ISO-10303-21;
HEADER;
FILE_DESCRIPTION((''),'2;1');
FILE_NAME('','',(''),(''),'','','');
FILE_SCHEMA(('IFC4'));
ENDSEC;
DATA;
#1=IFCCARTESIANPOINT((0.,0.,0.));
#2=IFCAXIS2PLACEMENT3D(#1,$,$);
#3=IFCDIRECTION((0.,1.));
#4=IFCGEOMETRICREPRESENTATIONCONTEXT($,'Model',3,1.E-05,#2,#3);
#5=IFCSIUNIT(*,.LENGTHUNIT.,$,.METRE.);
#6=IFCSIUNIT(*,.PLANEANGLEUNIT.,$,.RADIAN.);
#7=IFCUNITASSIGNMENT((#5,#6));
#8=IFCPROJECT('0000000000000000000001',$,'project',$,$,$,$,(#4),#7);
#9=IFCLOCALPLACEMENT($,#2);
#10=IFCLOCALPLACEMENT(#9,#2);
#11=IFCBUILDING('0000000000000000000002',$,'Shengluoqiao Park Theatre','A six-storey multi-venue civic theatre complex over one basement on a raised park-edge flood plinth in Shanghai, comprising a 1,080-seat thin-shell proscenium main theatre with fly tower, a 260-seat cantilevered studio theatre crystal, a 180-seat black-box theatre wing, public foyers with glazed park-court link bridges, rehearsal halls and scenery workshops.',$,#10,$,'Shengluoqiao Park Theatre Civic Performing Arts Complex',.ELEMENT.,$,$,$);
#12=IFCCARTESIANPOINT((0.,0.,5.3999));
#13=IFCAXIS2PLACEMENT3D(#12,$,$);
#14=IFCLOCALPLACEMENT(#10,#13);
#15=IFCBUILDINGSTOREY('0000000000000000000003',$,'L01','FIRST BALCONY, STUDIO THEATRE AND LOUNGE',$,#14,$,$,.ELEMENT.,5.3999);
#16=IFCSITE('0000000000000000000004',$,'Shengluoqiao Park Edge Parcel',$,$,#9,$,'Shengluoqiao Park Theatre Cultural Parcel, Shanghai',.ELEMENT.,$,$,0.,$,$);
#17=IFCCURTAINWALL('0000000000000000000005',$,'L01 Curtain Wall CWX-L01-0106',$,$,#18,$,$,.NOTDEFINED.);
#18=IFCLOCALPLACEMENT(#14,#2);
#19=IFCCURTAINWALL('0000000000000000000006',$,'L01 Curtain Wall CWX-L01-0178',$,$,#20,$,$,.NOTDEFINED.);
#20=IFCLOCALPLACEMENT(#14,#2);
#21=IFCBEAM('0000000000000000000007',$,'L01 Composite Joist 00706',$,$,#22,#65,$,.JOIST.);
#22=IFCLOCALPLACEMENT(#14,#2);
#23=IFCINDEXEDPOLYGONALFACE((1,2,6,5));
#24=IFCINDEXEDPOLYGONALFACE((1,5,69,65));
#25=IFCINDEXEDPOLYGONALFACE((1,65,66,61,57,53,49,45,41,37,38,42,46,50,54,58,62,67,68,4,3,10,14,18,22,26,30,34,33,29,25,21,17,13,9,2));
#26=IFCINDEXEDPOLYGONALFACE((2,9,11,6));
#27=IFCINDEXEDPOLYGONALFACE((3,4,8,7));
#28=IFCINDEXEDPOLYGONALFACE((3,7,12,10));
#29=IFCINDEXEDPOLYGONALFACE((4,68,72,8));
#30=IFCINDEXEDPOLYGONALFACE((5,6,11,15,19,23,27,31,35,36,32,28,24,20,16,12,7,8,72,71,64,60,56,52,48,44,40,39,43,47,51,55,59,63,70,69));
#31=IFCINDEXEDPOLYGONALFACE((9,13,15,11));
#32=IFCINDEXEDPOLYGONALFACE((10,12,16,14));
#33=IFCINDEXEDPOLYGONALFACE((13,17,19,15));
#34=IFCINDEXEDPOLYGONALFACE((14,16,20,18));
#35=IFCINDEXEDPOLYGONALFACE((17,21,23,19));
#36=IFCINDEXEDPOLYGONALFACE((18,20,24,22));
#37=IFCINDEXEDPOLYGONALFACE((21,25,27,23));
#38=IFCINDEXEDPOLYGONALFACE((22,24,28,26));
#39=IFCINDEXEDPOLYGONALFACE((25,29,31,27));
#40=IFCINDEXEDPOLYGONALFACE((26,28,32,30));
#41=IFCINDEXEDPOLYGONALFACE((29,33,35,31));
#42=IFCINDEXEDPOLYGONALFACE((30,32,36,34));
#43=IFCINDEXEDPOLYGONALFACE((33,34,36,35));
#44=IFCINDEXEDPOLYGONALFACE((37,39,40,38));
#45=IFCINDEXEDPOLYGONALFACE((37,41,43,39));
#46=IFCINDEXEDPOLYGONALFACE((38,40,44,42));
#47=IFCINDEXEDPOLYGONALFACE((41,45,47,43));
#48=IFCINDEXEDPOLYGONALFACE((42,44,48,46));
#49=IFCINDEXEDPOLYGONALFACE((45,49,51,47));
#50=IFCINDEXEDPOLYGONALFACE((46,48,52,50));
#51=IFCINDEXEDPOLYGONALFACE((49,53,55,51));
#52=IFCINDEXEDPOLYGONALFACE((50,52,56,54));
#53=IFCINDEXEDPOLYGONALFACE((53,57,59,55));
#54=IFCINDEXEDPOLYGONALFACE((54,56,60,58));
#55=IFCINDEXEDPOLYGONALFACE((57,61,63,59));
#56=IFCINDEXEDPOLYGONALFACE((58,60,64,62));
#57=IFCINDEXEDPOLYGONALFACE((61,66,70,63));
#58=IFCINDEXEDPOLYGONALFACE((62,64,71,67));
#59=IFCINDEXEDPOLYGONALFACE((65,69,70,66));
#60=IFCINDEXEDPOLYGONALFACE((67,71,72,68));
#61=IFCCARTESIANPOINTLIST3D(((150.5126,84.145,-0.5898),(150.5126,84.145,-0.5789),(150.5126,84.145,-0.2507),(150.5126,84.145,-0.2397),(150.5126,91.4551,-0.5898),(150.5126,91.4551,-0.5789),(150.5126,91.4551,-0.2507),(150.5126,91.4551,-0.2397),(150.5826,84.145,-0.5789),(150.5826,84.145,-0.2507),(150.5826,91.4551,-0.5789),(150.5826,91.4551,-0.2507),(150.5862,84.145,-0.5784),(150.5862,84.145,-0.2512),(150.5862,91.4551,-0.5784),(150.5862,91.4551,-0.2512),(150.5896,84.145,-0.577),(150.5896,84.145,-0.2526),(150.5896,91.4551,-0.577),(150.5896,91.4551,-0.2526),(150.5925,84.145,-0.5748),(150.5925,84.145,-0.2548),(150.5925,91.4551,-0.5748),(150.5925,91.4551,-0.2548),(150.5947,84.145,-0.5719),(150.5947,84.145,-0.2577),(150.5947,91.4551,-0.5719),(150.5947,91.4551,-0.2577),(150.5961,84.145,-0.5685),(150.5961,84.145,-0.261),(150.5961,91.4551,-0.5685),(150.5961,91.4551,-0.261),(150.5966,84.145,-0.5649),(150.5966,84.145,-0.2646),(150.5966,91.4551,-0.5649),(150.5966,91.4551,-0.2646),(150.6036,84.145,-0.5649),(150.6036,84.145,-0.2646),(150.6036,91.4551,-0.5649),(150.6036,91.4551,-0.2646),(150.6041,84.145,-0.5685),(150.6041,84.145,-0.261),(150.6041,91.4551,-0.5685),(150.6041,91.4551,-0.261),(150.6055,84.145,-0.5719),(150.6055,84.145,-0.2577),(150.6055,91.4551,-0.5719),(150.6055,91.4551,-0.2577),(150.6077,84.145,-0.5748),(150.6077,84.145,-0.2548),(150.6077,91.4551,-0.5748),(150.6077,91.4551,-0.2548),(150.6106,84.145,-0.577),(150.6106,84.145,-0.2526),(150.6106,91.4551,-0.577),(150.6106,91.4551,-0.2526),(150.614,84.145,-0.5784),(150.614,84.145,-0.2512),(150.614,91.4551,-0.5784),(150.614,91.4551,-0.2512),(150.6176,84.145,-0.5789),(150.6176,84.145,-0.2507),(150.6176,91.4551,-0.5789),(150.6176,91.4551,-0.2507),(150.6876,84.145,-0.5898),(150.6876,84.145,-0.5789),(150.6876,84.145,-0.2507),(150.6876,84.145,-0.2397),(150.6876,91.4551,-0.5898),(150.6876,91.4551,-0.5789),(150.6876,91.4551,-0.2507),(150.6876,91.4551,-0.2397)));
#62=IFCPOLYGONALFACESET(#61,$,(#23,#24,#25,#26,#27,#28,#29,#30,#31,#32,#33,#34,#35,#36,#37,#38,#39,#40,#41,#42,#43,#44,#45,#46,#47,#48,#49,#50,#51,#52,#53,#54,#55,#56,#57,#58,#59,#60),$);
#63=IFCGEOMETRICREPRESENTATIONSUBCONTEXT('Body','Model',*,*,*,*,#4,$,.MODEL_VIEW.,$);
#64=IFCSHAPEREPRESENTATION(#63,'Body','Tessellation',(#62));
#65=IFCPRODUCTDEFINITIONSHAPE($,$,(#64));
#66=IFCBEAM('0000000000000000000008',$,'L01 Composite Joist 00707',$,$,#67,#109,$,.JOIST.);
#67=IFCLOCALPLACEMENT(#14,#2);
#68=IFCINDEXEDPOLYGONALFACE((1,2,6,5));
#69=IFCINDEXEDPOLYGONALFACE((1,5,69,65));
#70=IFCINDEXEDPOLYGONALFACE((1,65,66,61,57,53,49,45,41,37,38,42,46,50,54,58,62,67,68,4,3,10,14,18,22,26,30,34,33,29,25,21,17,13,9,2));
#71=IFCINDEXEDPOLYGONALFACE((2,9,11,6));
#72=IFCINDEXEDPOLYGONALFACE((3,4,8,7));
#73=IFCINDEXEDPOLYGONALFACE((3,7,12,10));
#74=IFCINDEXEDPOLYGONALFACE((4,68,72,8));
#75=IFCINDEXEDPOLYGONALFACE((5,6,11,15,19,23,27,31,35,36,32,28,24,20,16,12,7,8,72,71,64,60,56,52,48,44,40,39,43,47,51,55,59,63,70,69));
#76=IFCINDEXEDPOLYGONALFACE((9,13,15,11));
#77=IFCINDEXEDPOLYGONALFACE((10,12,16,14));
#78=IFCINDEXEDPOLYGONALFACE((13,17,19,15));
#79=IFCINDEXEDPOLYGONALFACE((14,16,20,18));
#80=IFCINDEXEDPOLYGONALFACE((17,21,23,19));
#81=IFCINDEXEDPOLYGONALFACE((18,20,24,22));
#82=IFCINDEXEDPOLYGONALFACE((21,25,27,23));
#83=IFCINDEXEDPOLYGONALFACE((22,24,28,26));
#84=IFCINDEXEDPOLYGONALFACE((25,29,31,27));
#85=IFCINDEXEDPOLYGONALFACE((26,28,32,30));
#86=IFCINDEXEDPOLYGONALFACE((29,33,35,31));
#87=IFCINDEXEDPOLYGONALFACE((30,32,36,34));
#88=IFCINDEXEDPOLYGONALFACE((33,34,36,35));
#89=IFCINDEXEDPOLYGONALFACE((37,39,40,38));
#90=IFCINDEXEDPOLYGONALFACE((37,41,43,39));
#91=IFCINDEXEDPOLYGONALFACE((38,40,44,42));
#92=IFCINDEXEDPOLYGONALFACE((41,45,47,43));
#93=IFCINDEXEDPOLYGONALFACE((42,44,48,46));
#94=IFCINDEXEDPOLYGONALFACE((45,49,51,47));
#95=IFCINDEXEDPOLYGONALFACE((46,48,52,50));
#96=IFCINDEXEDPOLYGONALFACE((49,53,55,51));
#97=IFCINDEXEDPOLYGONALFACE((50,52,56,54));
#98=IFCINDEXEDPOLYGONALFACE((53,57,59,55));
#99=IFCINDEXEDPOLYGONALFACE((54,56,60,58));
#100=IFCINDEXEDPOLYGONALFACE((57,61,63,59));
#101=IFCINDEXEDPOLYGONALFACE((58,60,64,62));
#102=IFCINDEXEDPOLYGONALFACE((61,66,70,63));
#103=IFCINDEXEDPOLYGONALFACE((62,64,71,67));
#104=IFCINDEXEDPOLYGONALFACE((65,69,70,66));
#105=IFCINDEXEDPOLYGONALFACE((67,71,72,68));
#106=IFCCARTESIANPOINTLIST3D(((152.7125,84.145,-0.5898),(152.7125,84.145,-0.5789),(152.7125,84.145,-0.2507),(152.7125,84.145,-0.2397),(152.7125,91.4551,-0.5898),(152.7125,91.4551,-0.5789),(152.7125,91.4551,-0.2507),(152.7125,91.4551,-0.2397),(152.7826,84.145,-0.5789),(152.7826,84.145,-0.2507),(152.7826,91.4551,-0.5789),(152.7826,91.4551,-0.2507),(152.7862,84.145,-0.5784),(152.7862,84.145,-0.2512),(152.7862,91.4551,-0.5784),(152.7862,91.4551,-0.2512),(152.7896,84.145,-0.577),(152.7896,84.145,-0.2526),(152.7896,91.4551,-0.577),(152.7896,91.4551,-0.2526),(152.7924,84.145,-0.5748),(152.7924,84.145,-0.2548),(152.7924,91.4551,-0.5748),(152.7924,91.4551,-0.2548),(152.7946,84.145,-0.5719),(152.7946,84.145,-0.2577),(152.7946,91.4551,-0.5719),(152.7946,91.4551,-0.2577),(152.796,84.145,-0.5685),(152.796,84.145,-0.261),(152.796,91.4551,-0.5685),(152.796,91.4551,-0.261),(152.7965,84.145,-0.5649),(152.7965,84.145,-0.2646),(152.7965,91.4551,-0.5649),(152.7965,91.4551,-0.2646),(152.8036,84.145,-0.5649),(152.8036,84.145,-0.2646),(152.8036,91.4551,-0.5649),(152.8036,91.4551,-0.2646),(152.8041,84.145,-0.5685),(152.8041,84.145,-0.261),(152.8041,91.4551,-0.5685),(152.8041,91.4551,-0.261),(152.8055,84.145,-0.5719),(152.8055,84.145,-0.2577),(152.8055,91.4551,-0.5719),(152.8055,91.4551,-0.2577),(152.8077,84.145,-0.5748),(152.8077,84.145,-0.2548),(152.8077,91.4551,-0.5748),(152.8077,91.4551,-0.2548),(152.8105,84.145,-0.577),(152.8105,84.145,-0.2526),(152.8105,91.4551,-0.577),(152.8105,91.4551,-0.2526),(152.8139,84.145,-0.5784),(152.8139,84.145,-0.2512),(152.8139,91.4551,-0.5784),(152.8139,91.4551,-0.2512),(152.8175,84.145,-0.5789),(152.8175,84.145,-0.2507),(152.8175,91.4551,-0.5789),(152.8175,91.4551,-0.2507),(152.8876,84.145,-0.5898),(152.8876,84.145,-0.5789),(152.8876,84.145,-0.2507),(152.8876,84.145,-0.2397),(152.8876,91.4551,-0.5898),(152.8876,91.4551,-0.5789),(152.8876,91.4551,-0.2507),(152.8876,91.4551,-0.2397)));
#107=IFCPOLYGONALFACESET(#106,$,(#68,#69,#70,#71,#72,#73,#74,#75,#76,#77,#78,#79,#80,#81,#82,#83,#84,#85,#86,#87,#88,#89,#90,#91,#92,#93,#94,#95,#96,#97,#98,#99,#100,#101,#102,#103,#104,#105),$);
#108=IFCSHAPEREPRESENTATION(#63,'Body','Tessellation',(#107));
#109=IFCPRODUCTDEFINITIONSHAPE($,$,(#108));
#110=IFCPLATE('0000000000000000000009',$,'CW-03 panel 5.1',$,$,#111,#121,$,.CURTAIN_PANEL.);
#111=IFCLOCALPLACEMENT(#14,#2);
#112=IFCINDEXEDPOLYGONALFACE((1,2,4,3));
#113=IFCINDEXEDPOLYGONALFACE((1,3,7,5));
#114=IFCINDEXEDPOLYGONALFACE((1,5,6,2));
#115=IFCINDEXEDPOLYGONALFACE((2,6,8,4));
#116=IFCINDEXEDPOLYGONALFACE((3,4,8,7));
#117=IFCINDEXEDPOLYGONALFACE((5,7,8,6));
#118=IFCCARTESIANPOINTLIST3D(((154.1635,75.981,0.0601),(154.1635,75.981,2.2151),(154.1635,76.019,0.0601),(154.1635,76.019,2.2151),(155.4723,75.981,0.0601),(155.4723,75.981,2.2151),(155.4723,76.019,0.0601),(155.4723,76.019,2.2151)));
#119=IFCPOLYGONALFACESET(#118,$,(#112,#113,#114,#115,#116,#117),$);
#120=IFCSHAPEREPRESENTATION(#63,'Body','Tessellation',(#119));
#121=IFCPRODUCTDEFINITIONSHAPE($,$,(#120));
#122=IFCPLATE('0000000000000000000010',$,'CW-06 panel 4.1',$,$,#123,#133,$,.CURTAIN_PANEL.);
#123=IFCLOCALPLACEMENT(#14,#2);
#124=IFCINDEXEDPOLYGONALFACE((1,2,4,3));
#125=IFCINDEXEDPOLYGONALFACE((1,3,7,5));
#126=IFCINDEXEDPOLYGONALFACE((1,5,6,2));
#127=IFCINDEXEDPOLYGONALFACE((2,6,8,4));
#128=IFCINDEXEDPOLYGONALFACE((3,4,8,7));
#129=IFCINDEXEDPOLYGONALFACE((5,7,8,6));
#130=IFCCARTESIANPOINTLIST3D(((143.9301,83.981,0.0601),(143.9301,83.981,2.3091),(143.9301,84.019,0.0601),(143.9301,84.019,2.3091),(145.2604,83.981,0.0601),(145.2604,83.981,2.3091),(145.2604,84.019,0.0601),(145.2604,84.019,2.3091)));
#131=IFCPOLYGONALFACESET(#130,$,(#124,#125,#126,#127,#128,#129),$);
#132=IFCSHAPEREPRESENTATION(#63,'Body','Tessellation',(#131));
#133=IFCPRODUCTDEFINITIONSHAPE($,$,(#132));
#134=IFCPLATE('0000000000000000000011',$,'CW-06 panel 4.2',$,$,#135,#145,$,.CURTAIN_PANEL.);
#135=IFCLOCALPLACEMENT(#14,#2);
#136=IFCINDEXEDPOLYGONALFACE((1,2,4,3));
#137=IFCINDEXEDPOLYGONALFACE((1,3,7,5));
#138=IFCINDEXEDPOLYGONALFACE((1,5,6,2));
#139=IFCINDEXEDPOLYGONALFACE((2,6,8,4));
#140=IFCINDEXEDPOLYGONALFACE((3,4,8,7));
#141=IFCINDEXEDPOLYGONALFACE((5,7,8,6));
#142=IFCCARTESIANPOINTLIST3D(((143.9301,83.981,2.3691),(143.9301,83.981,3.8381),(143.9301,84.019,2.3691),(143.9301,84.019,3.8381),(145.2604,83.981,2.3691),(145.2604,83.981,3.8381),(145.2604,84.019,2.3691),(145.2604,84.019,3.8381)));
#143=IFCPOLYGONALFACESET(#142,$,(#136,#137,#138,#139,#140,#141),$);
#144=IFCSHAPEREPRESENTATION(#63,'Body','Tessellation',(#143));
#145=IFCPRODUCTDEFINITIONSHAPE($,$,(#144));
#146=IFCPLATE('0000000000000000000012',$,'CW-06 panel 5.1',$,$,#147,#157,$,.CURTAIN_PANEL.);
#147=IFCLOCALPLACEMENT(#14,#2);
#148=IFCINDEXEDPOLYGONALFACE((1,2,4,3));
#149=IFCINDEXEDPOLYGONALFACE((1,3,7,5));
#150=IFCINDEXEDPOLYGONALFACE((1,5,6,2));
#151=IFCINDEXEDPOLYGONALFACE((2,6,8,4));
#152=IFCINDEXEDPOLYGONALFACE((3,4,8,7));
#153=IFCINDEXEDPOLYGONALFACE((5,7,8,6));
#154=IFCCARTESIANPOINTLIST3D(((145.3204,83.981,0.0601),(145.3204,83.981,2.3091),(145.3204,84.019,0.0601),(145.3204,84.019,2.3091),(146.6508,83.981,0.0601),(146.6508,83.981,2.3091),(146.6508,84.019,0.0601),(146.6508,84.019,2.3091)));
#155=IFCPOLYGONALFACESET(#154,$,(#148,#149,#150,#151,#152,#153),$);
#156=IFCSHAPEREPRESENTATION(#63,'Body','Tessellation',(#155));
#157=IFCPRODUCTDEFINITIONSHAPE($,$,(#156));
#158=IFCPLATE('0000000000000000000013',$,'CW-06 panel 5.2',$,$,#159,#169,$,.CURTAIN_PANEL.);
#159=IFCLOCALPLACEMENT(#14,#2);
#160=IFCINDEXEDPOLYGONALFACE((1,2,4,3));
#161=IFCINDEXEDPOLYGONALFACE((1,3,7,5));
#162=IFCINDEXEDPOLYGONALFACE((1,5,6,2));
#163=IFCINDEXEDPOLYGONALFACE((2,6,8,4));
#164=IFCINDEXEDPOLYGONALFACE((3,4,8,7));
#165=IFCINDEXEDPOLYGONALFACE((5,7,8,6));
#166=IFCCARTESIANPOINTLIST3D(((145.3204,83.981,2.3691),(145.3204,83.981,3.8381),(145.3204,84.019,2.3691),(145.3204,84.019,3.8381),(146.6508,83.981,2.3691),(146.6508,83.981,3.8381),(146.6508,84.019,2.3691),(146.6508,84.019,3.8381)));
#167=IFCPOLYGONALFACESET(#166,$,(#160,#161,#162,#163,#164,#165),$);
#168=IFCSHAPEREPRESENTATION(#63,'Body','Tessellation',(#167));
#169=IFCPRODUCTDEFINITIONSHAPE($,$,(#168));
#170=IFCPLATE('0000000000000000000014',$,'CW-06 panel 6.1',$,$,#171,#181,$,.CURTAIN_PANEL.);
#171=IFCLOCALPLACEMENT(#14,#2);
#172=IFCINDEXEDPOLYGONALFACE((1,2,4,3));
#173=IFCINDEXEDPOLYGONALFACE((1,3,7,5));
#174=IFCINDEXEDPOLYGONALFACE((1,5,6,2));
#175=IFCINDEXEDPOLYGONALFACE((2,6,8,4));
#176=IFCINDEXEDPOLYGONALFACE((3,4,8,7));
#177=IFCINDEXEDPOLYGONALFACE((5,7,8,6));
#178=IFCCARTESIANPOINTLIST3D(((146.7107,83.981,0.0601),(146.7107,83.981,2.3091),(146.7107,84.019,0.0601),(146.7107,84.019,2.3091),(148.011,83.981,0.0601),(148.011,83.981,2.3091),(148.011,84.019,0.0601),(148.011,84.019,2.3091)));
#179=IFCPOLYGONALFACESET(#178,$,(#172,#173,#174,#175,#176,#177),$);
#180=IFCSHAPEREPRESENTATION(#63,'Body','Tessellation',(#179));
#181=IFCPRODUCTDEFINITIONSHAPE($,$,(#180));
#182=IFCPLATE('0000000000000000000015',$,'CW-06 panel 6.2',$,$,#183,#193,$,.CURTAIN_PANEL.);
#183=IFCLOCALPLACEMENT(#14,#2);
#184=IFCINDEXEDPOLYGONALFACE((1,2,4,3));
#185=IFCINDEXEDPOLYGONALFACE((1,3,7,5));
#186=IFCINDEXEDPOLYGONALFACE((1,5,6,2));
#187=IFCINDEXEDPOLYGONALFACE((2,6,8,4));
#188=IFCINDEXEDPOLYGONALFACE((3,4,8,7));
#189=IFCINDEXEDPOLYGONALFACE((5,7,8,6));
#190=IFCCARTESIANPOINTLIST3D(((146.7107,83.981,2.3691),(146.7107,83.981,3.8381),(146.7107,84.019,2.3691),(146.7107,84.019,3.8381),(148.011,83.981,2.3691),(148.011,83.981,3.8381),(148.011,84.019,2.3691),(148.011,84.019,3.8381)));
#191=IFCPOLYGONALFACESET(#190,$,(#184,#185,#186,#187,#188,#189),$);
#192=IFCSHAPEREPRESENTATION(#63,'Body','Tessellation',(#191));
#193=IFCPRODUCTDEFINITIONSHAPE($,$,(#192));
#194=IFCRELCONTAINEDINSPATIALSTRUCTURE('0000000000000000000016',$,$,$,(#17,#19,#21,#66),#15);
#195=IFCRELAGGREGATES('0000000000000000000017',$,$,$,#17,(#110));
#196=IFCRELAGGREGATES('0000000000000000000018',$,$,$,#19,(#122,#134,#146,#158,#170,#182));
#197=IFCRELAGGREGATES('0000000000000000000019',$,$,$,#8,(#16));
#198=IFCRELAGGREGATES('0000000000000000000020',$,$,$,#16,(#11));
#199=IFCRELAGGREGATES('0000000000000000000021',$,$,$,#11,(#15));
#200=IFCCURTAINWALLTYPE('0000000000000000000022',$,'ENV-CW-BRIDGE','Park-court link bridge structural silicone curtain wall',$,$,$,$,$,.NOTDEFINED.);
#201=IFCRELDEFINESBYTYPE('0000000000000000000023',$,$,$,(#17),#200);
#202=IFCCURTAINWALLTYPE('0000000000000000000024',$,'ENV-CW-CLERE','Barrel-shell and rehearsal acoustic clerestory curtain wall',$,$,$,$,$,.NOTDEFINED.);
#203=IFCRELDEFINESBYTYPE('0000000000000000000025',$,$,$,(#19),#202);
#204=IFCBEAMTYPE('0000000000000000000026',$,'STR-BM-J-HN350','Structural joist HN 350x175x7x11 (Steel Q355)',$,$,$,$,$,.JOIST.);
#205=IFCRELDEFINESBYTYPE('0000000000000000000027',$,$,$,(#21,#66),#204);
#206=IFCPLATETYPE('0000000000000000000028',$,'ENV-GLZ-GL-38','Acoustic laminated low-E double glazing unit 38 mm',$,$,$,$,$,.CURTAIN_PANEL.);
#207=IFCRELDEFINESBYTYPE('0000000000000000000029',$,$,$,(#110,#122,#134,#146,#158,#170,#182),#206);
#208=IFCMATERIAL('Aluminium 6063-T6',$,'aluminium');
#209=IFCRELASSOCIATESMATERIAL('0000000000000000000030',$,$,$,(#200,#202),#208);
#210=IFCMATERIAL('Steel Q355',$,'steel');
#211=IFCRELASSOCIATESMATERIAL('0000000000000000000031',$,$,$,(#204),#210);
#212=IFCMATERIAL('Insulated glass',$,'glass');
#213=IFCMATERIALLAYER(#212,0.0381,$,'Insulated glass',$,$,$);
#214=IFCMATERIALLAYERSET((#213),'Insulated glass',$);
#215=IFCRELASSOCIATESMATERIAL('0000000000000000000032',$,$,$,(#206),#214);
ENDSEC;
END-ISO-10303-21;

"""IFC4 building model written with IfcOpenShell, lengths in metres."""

from ifc_helpers import new_model, si_unit, direction, frame, origin, origin_2d, place, context, subcontext, project, spatial, rectangle, i_section, extrude, material, layer, layer_set, material_profile, profile_set, type_object, element, aggregate, save


model = new_model("IFC4")

# Units and contexts
model_context = context("Model", 3, precision=1e-05, world=origin(), true_north=direction((0.0, 1.0)))
body_context = subcontext(model_context, "Body", "Model", "MODEL_VIEW")
ifc_project = project(units=[si_unit("LENGTHUNIT", "METRE"), si_unit("PLANEANGLEUNIT", "RADIAN")], contexts=[model_context])

# Site, building, storey
site_placement = place(None, origin())
site = spatial("IfcSite", under=ifc_project, at=site_placement, Name="Shengluoqiao Park Edge Parcel", LongName="Shengluoqiao Park Theatre Cultural Parcel, Shanghai", CompositionType="ELEMENT", RefElevation=0.0)
building_placement = place(site_placement, origin())
building = spatial("IfcBuilding", under=site, at=building_placement, Name="Shengluoqiao Park Theatre", Description="A six-storey multi-venue civic theatre complex over one basement on a raised park-edge flood plinth in Shanghai, comprising a 1,080-seat thin-shell proscenium main theatre with fly tower, a 260-seat cantilevered studio theatre crystal, a 180-seat black-box theatre wing, public foyers with glazed park-court link bridges, rehearsal halls and scenery workshops.", LongName="Shengluoqiao Park Theatre Civic Performing Arts Complex", CompositionType="ELEMENT")
storey_placement = place(building_placement, frame((0.0, 0.0, 5.3999)))
storey = spatial("IfcBuildingStorey", under=building, at=storey_placement, Name="L01", Description="FIRST BALCONY, STUDIO THEATRE AND LOUNGE", CompositionType="ELEMENT", Elevation=5.3999)

# Curtain wall
ifc_material_1 = material(Name="Aluminium 6063-T6", Category="aluminium")
curtain_wall_type_1 = type_object("IfcCurtainWallType", Name="ENV-CW-BRIDGE", Description="Park-court link bridge structural silicone curtain wall", PredefinedType="NOTDEFINED", material=ifc_material_1)
curtain_wall_1_placement = place(storey_placement, origin())
curtain_wall_1 = element("IfcCurtainWall", 1, at=curtain_wall_1_placement, inside=storey, type_object=curtain_wall_type_1, Name="L01 Curtain Wall CWX-L01-0106", PredefinedType="NOTDEFINED")

# Curtain wall
curtain_wall_type_2 = type_object("IfcCurtainWallType", Name="ENV-CW-CLERE", Description="Barrel-shell and rehearsal acoustic clerestory curtain wall", PredefinedType="NOTDEFINED", material=ifc_material_1)
curtain_wall_2_placement = place(storey_placement, origin())
curtain_wall_2 = element("IfcCurtainWall", 2, at=curtain_wall_2_placement, inside=storey, type_object=curtain_wall_type_2, Name="L01 Curtain Wall CWX-L01-0178", PredefinedType="NOTDEFINED")

# Beams
ifc_material_2 = material(Name="Steel Q355", Category="steel")
ifc_material_profile_1 = material_profile(ifc_material_2, i_section(OverallWidth=0.175, OverallDepth=0.3501, WebThickness=0.0071, FlangeThickness=0.011, FilletRadius=0.0139, at=origin_2d()), Name="HN 350x175x7x11")
ifc_profile_set_1 = profile_set([ifc_material_profile_1], Name="Steel Q355")
beam_type_1 = type_object("IfcBeamType", Name="STR-BM-J-HN350", Description="Structural joist HN 350x175x7x11 (Steel Q355)", PredefinedType="JOIST", material=ifc_profile_set_1)
for number, where, z_axis, x_axis, name in (
    (3, (150.6001, 84.145, -0.4148), (0.0, 1.0, 0.0), (-1.0, 0.0, 0.0), "L01 Composite Joist 00706"),
    (4, (152.8, 84.145, -0.4148), (0.0, 1.0, 0.0), (-1.0, 0.0, 0.0), "L01 Composite Joist 00707"),
):
    element("IfcBeam", number, at=place(storey_placement, frame(where, z_axis=z_axis, x_axis=x_axis)), inside=storey, type_object=beam_type_1, Name=name, PredefinedType="JOIST", context=body_context, shape_type="SweptSolid", body=[
        extrude(i_section(OverallWidth=0.175, OverallDepth=0.3501, WebThickness=0.0071, FlangeThickness=0.011, FilletRadius=0.0139, at=origin_2d()), origin(), (0.0, 0.0, 1.0), 7.3101),
    ])

# Plates
ifc_material_3 = material(Name="Insulated glass", Category="glass")
ifc_layer_1 = layer(ifc_material_3, 0.0381, Name="Insulated glass")
ifc_layer_set_1 = layer_set([ifc_layer_1], Name="Insulated glass")
plate_type = type_object("IfcPlateType", Name="ENV-GLZ-GL-38", Description="Acoustic laminated low-E double glazing unit 38 mm", PredefinedType="CURTAIN_PANEL", material=ifc_layer_set_1)
plate_1_placement = place(storey_placement, frame((154.8179, 76.0, 0.0601), z_axis=(0.0, 0.0, 1.0), x_axis=(1.0, 0.0, 0.0)))
plate_1 = element("IfcPlate", 5, at=plate_1_placement, type_object=plate_type, Name="CW-03 panel 5.1", PredefinedType="CURTAIN_PANEL", context=body_context, shape_type="SweptSolid", body=[
    extrude(rectangle(XDim=1.3088, YDim=0.0381, at=origin_2d()), origin(), (0.0, 0.0, 1.0), 2.155),
])
aggregate(curtain_wall_1, [plate_1])
plate_2_placement = place(storey_placement, frame((144.5952, 84.0, 0.0601), z_axis=(0.0, 0.0, 1.0), x_axis=(1.0, 0.0, 0.0)))
plate_2 = element("IfcPlate", 6, at=plate_2_placement, type_object=plate_type, Name="CW-06 panel 4.1", PredefinedType="CURTAIN_PANEL", context=body_context, shape_type="SweptSolid", body=[
    extrude(rectangle(XDim=1.3303, YDim=0.0381, at=origin_2d()), origin(), (0.0, 0.0, 1.0), 2.249),
])
plate_3_placement = place(storey_placement, frame((144.5952, 84.0, 2.3691), z_axis=(0.0, 0.0, 1.0), x_axis=(1.0, 0.0, 0.0)))
plate_3 = element("IfcPlate", 7, at=plate_3_placement, type_object=plate_type, Name="CW-06 panel 4.2", PredefinedType="CURTAIN_PANEL", context=body_context, shape_type="SweptSolid", body=[
    extrude(rectangle(XDim=1.3303, YDim=0.0381, at=origin_2d()), origin(), (0.0, 0.0, 1.0), 1.469),
])
plate_4_placement = place(storey_placement, frame((145.9856, 84.0, 0.0601), z_axis=(0.0, 0.0, 1.0), x_axis=(1.0, 0.0, 0.0)))
plate_4 = element("IfcPlate", 8, at=plate_4_placement, type_object=plate_type, Name="CW-06 panel 5.1", PredefinedType="CURTAIN_PANEL", context=body_context, shape_type="SweptSolid", body=[
    extrude(rectangle(XDim=1.3303, YDim=0.0381, at=origin_2d()), origin(), (0.0, 0.0, 1.0), 2.249),
])
plate_5_placement = place(storey_placement, frame((145.9856, 84.0, 2.3691), z_axis=(0.0, 0.0, 1.0), x_axis=(1.0, 0.0, 0.0)))
plate_5 = element("IfcPlate", 9, at=plate_5_placement, type_object=plate_type, Name="CW-06 panel 5.2", PredefinedType="CURTAIN_PANEL", context=body_context, shape_type="SweptSolid", body=[
    extrude(rectangle(XDim=1.3303, YDim=0.0381, at=origin_2d()), origin(), (0.0, 0.0, 1.0), 1.469),
])
plate_6_placement = place(storey_placement, frame((147.3608, 84.0, 0.0601), z_axis=(0.0, 0.0, 1.0), x_axis=(1.0, 0.0, 0.0)))
plate_6 = element("IfcPlate", 10, at=plate_6_placement, type_object=plate_type, Name="CW-06 panel 6.1", PredefinedType="CURTAIN_PANEL", context=body_context, shape_type="SweptSolid", body=[
    extrude(rectangle(XDim=1.3003, YDim=0.0381, at=origin_2d()), origin(), (0.0, 0.0, 1.0), 2.249),
])
plate_7_placement = place(storey_placement, frame((147.3608, 84.0, 2.3691), z_axis=(0.0, 0.0, 1.0), x_axis=(1.0, 0.0, 0.0)))
plate_7 = element("IfcPlate", 11, at=plate_7_placement, type_object=plate_type, Name="CW-06 panel 6.2", PredefinedType="CURTAIN_PANEL", context=body_context, shape_type="SweptSolid", body=[
    extrude(rectangle(XDim=1.3003, YDim=0.0381, at=origin_2d()), origin(), (0.0, 0.0, 1.0), 1.469),
])
aggregate(curtain_wall_2, [plate_2, plate_3, plate_4, plate_5, plate_6, plate_7])

save(model, "model.ifc")
